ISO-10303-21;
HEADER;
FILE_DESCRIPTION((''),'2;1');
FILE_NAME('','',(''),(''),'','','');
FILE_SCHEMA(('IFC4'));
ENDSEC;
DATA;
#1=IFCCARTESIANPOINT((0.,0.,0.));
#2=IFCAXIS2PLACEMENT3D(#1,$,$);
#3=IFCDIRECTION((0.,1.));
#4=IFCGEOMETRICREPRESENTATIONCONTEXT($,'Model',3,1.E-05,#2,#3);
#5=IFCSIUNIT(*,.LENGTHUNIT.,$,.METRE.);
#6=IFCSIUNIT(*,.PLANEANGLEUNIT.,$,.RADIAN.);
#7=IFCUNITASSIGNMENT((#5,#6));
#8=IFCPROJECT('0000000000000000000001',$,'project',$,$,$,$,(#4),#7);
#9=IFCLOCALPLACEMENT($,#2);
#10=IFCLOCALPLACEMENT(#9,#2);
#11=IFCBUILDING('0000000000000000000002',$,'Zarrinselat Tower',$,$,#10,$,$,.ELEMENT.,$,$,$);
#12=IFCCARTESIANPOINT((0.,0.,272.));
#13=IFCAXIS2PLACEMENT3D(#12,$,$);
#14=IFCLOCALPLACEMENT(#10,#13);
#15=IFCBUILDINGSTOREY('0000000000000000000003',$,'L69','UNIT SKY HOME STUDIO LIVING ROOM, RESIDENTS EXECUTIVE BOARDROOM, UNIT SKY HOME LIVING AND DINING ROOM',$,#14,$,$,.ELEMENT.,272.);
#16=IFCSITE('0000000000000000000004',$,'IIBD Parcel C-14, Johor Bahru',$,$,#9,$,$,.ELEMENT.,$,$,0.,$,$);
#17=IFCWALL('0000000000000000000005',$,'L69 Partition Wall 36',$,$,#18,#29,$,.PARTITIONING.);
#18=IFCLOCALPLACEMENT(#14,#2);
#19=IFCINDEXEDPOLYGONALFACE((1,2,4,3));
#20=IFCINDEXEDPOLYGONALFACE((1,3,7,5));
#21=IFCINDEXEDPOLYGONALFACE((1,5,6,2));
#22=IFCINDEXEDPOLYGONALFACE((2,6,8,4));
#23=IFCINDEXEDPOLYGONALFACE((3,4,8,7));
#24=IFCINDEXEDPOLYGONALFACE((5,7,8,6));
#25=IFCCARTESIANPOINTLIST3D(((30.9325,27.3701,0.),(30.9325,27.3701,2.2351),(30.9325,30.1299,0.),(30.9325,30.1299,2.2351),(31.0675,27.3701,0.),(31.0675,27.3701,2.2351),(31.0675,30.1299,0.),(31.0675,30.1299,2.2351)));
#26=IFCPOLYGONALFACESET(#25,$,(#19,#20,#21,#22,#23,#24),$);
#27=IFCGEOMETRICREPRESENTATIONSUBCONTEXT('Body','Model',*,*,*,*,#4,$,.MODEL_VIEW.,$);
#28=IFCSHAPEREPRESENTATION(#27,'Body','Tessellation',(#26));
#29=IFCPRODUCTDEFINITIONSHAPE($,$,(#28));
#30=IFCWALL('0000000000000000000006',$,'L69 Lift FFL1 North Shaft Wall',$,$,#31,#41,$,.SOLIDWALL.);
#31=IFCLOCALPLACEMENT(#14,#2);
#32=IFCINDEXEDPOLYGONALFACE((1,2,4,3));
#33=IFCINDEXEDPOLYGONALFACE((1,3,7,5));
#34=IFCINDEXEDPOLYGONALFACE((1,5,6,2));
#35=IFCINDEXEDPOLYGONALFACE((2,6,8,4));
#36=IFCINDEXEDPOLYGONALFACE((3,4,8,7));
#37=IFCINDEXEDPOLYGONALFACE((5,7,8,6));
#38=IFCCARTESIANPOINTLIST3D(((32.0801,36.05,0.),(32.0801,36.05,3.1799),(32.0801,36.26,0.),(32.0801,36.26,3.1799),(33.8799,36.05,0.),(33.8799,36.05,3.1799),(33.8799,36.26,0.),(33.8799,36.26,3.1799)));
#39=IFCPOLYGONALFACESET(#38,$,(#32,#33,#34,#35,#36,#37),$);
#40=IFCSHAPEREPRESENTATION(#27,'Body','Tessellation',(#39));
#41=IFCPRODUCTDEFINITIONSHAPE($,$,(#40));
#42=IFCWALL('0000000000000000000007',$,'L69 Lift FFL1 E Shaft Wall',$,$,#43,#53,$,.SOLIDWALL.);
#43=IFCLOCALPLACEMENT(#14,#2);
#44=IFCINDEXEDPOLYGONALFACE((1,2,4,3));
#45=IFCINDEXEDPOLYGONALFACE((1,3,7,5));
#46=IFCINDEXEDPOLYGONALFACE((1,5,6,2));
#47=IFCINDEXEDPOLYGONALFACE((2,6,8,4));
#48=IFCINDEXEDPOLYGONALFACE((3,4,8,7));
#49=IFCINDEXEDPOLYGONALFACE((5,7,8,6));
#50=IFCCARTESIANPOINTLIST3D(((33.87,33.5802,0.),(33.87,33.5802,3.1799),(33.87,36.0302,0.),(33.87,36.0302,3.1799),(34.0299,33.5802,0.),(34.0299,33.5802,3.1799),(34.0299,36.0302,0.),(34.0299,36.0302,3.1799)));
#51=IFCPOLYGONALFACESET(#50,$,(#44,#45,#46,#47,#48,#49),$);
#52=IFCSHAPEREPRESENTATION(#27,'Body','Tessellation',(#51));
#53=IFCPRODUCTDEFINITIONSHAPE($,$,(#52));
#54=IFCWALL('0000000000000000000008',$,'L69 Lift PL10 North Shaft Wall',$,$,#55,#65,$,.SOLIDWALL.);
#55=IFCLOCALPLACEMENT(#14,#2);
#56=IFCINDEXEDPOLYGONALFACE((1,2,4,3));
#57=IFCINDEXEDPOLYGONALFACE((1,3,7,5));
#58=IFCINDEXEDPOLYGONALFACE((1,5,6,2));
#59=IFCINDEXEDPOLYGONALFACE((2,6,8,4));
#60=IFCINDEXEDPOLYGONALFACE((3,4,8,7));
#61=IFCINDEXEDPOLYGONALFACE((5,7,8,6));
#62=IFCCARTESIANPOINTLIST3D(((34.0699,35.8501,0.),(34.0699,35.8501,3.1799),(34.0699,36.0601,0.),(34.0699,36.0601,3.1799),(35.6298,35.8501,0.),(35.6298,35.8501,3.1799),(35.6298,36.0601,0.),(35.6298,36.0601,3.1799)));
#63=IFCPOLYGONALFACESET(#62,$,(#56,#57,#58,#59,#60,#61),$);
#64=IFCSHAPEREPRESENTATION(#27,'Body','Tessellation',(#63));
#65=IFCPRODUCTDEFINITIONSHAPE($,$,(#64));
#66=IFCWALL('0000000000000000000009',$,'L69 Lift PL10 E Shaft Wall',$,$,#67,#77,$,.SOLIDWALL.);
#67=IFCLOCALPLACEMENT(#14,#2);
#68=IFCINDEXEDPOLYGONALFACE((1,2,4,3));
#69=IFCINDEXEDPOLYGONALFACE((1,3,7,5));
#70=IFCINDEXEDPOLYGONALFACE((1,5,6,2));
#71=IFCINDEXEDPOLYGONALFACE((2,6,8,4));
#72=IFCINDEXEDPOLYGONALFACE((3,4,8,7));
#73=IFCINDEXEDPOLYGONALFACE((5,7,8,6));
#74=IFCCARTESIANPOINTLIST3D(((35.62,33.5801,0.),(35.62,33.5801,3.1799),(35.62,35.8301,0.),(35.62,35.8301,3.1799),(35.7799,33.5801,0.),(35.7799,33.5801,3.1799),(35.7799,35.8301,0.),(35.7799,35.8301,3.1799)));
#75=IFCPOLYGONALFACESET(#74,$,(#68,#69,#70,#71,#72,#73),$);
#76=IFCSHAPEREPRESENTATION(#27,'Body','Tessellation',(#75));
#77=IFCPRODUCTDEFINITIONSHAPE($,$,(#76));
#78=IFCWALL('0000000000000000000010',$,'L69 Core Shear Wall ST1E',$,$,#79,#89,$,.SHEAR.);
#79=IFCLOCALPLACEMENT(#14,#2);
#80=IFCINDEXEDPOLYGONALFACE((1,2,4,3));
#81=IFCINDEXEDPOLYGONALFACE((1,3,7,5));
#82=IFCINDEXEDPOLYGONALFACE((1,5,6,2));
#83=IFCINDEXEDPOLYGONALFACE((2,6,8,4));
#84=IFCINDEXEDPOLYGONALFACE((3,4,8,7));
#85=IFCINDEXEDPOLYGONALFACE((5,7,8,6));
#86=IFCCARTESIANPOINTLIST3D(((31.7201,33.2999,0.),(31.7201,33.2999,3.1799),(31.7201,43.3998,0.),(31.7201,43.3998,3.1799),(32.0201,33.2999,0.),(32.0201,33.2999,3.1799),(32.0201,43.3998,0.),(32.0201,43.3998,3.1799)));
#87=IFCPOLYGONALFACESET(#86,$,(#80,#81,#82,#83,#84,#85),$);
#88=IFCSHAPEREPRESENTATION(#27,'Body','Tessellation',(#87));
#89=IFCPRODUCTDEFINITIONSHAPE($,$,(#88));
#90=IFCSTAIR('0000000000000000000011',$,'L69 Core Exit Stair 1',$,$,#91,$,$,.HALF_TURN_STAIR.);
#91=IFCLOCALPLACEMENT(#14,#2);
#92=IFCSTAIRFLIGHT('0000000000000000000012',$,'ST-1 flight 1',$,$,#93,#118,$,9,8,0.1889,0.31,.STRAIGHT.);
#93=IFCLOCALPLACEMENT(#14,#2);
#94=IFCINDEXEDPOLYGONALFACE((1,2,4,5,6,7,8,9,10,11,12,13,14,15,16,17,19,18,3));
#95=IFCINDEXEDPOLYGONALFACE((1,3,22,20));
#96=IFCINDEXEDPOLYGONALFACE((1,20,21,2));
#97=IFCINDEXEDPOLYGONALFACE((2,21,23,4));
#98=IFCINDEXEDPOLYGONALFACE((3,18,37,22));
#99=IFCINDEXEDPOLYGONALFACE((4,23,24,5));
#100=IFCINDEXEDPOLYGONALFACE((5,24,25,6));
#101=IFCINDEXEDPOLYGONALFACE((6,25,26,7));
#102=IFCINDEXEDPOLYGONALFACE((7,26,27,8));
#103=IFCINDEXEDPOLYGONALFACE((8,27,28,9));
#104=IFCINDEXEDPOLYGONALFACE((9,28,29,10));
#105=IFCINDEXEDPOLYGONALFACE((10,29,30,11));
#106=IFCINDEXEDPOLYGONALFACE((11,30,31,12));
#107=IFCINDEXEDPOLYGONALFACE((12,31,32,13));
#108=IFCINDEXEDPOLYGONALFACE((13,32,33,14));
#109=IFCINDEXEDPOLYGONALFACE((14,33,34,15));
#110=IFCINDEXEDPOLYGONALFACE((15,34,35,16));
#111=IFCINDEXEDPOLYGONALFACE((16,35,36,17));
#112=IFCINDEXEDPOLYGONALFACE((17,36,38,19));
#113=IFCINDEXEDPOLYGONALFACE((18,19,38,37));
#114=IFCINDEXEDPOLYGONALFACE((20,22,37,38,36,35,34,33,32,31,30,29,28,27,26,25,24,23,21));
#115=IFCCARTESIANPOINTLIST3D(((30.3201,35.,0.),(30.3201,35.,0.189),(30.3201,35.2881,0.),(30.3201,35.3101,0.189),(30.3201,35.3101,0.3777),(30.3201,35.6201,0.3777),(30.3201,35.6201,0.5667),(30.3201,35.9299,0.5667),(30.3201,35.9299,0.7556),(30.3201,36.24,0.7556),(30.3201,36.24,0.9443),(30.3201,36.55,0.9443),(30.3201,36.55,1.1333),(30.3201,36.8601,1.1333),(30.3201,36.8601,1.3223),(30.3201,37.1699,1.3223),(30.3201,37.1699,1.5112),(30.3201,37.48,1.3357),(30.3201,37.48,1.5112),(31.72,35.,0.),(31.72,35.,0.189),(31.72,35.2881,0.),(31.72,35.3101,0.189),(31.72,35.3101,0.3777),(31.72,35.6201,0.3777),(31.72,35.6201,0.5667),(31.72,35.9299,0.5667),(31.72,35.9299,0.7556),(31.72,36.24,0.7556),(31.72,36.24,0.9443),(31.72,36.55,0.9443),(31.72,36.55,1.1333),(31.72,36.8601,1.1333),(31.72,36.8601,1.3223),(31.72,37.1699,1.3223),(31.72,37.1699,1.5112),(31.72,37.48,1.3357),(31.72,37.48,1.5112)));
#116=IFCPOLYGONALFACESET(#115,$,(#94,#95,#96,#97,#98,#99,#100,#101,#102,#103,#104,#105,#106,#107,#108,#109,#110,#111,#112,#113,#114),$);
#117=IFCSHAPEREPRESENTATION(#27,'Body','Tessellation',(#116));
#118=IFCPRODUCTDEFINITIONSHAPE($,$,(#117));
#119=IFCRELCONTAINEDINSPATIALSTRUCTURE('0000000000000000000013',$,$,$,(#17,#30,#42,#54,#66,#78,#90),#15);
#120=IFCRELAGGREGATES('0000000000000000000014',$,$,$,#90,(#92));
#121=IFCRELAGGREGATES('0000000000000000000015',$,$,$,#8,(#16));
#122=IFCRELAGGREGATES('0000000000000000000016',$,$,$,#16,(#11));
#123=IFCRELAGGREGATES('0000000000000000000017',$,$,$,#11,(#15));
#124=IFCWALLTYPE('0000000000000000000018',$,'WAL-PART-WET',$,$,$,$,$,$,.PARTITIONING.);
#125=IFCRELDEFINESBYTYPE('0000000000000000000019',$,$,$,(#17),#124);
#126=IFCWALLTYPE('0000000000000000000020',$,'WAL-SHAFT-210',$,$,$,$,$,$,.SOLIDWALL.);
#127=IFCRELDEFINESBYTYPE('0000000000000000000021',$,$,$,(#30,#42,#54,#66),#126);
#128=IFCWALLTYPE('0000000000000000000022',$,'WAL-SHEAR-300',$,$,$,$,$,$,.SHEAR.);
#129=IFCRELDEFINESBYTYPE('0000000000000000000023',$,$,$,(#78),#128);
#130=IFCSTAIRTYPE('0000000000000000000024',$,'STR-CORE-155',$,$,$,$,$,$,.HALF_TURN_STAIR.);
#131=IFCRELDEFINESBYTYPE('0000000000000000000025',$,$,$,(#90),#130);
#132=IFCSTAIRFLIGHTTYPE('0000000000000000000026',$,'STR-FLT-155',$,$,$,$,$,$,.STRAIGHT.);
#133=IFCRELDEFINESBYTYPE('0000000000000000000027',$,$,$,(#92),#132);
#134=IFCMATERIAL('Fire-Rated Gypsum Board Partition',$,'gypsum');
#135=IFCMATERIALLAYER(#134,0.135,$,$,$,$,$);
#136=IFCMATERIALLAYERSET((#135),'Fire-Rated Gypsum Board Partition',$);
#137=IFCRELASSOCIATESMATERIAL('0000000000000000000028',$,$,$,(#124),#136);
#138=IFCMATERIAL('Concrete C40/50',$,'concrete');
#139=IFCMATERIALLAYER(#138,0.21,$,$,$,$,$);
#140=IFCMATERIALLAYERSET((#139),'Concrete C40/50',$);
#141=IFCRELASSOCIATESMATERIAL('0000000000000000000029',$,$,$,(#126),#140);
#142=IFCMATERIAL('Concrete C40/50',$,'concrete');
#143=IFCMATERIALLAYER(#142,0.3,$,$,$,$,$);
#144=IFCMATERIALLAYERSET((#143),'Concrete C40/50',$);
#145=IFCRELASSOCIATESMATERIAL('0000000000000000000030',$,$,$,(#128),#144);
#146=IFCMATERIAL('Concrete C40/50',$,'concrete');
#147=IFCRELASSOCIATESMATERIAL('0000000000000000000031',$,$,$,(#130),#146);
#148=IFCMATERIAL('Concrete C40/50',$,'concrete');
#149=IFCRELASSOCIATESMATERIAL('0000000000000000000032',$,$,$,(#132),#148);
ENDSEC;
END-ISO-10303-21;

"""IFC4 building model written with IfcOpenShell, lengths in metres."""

from ifc_helpers import new_model, si_unit, direction, frame, frame_2d, origin, place, context, subcontext, project, spatial, polyline, rectangle, outline, extrude, material, layer, layer_set, type_object, element, aggregate, save


model = new_model("IFC4")

# Units and contexts
model_context = context("Model", 3, precision=1e-05, world=origin(), true_north=direction((0.0, 1.0)))
body_context = subcontext(model_context, "Body", "Model", "MODEL_VIEW")
ifc_project = project(units=[si_unit("LENGTHUNIT", "METRE"), si_unit("PLANEANGLEUNIT", "RADIAN")], contexts=[model_context])

# Site, building, storey
site_placement = place(None, origin())
site = spatial("IfcSite", under=ifc_project, at=site_placement, Name="IIBD Parcel C-14, Johor Bahru", CompositionType="ELEMENT", RefElevation=0.0)
building_placement = place(site_placement, origin())
building = spatial("IfcBuilding", under=site, at=building_placement, Name="Zarrinselat Tower", CompositionType="ELEMENT")
storey_placement = place(building_placement, frame((0.0, 0.0, 272.0)))
storey = spatial("IfcBuildingStorey", under=building, at=storey_placement, Name="L69", Description="UNIT SKY HOME STUDIO LIVING ROOM, RESIDENTS EXECUTIVE BOARDROOM, UNIT SKY HOME LIVING AND DINING ROOM", CompositionType="ELEMENT", Elevation=272.0)

# Shared definitions
ifc_material_1 = material(Name="Fire-Rated Gypsum Board Partition", Category="gypsum")
ifc_layer_1 = layer(ifc_material_1, 0.135)
ifc_layer_set_1 = layer_set([ifc_layer_1], Name="Fire-Rated Gypsum Board Partition")
wall_type_1 = type_object("IfcWallType", Name="WAL-PART-WET", PredefinedType="PARTITIONING", material=ifc_layer_set_1)

# Walls
wall_1_placement = place(storey_placement, frame((31.0, 27.3701, 0.0), z_axis=(0.0, 0.0, 1.0), x_axis=(0.0, 1.0, 0.0)))
element("IfcWall", 1, at=wall_1_placement, inside=storey, type_object=wall_type_1, Name="L69 Partition Wall 36", PredefinedType="PARTITIONING", context=body_context, shape_type="SweptSolid", body=[
    extrude(rectangle(XDim=2.7598, YDim=0.135, at=frame_2d((1.3799, 0.0))), origin(), (0.0, 0.0, 1.0), 2.2351),
])
ifc_material_2 = material(Name="Concrete C40/50", Category="concrete")
ifc_layer_2 = layer(ifc_material_2, 0.21)
ifc_layer_set_2 = layer_set([ifc_layer_2], Name="Concrete C40/50")
wall_type_2 = type_object("IfcWallType", Name="WAL-SHAFT-210", PredefinedType="SOLIDWALL", material=ifc_layer_set_2)
wall_2_placement = place(storey_placement, frame((32.0801, 36.155, 0.0), z_axis=(0.0, 0.0, 1.0), x_axis=(1.0, 0.0, 0.0)))
element("IfcWall", 2, at=wall_2_placement, inside=storey, type_object=wall_type_2, Name="L69 Lift FFL1 North Shaft Wall", PredefinedType="SOLIDWALL", context=body_context, shape_type="SweptSolid", body=[
    extrude(rectangle(XDim=1.7998, YDim=0.21, at=frame_2d((0.8999, 0.0))), origin(), (0.0, 0.0, 1.0), 3.1799),
])
wall_3_placement = place(storey_placement, frame((33.95, 33.5801, 0.0), z_axis=(0.0, 0.0, 1.0), x_axis=(0.0, 1.0, 0.0)))
element("IfcWall", 3, at=wall_3_placement, inside=storey, type_object=wall_type_2, Name="L69 Lift FFL1 E Shaft Wall", PredefinedType="SOLIDWALL", context=body_context, shape_type="SweptSolid", body=[
    extrude(rectangle(XDim=2.45, YDim=0.1599, at=frame_2d((1.2251, 0.0))), origin(), (0.0, 0.0, 1.0), 3.1799),
])
wall_4_placement = place(storey_placement, frame((34.0701, 35.9551, 0.0), z_axis=(0.0, 0.0, 1.0), x_axis=(1.0, 0.0, 0.0)))
element("IfcWall", 4, at=wall_4_placement, inside=storey, type_object=wall_type_2, Name="L69 Lift PL10 North Shaft Wall", PredefinedType="SOLIDWALL", context=body_context, shape_type="SweptSolid", body=[
    extrude(rectangle(XDim=1.5598, YDim=0.21, at=frame_2d((0.7798, 0.0))), origin(), (0.0, 0.0, 1.0), 3.1799),
])
wall_5_placement = place(storey_placement, frame((35.7, 33.5801, 0.0), z_axis=(0.0, 0.0, 1.0), x_axis=(0.0, 1.0, 0.0)))
element("IfcWall", 5, at=wall_5_placement, inside=storey, type_object=wall_type_2, Name="L69 Lift PL10 E Shaft Wall", PredefinedType="SOLIDWALL", context=body_context, shape_type="SweptSolid", body=[
    extrude(rectangle(XDim=2.25, YDim=0.1599, at=frame_2d((1.125, 0.0))), origin(), (0.0, 0.0, 1.0), 3.1799),
])
ifc_material_3 = material(Name="Concrete C40/50", Category="concrete")
ifc_layer_3 = layer(ifc_material_3, 0.3)
ifc_layer_set_3 = layer_set([ifc_layer_3], Name="Concrete C40/50")
wall_type_3 = type_object("IfcWallType", Name="WAL-SHEAR-300", PredefinedType="SHEAR", material=ifc_layer_set_3)
wall_6_placement = place(storey_placement, frame((31.8701, 33.3, 0.0), z_axis=(0.0, 0.0, 1.0), x_axis=(0.0, 1.0, 0.0)))
element("IfcWall", 6, at=wall_6_placement, inside=storey, type_object=wall_type_3, Name="L69 Core Shear Wall ST1E", PredefinedType="SHEAR", context=body_context, shape_type="SweptSolid", body=[
    extrude(rectangle(XDim=10.0999, YDim=0.3, at=frame_2d((5.0498, 0.0))), origin(), (0.0, 0.0, 1.0), 3.1799),
])

# Stair, stair flight
ifc_material_4 = material(Name="Concrete C40/50", Category="concrete")
stair_type = type_object("IfcStairType", Name="STR-CORE-155", PredefinedType="HALF_TURN_STAIR", material=ifc_material_4)
stair_placement = place(storey_placement, origin())
stair = element("IfcStair", 7, at=stair_placement, inside=storey, type_object=stair_type, Name="L69 Core Exit Stair 1", PredefinedType="HALF_TURN_STAIR")
ifc_material_5 = material(Name="Concrete C40/50", Category="concrete")
stair_flight_type = type_object("IfcStairFlightType", Name="STR-FLT-155", PredefinedType="STRAIGHT", material=ifc_material_5)
stair_flight_placement = place(storey_placement, frame((31.02, 35.0, 0.0), z_axis=(0.0, 0.0, 1.0), x_axis=(0.0, 1.0, 0.0)))
stair_flight = element("IfcStairFlight", 8, at=stair_flight_placement, type_object=stair_flight_type, Name="ST-1 flight 1", NumberOfRisers=9, NumberOfTreads=8, PredefinedType="STRAIGHT", RiserHeight=0.1889, TreadLength=0.31, context=body_context, shape_type="SweptSolid", body=[
    extrude(outline(polyline([(0.0, 0.0), (0.0, 0.189), (0.3101, 0.189), (0.3101, 0.3777), (0.6201, 0.3777), (0.6201, 0.5667), (0.9299, 0.5667), (0.9299, 0.7556), (1.24, 0.7556), (1.24, 0.9443), (1.55, 0.9443), (1.55, 1.1333), (1.8601, 1.1333), (1.8601, 1.3223), (2.1699, 1.3223), (2.1699, 1.5112), (2.48, 1.5112), (2.48, 1.7), (2.48, 1.3357), (0.2881, 0.0), (0.0, 0.0)])), frame((0.0, 0.7, 0.0), z_axis=(0.0, -1.0, 0.0), x_axis=(1.0, 0.0, 0.0)), (0.0, 0.0, 1.0), 1.3999),
])
aggregate(stair, [stair_flight])

save(model, "model.ifc")
